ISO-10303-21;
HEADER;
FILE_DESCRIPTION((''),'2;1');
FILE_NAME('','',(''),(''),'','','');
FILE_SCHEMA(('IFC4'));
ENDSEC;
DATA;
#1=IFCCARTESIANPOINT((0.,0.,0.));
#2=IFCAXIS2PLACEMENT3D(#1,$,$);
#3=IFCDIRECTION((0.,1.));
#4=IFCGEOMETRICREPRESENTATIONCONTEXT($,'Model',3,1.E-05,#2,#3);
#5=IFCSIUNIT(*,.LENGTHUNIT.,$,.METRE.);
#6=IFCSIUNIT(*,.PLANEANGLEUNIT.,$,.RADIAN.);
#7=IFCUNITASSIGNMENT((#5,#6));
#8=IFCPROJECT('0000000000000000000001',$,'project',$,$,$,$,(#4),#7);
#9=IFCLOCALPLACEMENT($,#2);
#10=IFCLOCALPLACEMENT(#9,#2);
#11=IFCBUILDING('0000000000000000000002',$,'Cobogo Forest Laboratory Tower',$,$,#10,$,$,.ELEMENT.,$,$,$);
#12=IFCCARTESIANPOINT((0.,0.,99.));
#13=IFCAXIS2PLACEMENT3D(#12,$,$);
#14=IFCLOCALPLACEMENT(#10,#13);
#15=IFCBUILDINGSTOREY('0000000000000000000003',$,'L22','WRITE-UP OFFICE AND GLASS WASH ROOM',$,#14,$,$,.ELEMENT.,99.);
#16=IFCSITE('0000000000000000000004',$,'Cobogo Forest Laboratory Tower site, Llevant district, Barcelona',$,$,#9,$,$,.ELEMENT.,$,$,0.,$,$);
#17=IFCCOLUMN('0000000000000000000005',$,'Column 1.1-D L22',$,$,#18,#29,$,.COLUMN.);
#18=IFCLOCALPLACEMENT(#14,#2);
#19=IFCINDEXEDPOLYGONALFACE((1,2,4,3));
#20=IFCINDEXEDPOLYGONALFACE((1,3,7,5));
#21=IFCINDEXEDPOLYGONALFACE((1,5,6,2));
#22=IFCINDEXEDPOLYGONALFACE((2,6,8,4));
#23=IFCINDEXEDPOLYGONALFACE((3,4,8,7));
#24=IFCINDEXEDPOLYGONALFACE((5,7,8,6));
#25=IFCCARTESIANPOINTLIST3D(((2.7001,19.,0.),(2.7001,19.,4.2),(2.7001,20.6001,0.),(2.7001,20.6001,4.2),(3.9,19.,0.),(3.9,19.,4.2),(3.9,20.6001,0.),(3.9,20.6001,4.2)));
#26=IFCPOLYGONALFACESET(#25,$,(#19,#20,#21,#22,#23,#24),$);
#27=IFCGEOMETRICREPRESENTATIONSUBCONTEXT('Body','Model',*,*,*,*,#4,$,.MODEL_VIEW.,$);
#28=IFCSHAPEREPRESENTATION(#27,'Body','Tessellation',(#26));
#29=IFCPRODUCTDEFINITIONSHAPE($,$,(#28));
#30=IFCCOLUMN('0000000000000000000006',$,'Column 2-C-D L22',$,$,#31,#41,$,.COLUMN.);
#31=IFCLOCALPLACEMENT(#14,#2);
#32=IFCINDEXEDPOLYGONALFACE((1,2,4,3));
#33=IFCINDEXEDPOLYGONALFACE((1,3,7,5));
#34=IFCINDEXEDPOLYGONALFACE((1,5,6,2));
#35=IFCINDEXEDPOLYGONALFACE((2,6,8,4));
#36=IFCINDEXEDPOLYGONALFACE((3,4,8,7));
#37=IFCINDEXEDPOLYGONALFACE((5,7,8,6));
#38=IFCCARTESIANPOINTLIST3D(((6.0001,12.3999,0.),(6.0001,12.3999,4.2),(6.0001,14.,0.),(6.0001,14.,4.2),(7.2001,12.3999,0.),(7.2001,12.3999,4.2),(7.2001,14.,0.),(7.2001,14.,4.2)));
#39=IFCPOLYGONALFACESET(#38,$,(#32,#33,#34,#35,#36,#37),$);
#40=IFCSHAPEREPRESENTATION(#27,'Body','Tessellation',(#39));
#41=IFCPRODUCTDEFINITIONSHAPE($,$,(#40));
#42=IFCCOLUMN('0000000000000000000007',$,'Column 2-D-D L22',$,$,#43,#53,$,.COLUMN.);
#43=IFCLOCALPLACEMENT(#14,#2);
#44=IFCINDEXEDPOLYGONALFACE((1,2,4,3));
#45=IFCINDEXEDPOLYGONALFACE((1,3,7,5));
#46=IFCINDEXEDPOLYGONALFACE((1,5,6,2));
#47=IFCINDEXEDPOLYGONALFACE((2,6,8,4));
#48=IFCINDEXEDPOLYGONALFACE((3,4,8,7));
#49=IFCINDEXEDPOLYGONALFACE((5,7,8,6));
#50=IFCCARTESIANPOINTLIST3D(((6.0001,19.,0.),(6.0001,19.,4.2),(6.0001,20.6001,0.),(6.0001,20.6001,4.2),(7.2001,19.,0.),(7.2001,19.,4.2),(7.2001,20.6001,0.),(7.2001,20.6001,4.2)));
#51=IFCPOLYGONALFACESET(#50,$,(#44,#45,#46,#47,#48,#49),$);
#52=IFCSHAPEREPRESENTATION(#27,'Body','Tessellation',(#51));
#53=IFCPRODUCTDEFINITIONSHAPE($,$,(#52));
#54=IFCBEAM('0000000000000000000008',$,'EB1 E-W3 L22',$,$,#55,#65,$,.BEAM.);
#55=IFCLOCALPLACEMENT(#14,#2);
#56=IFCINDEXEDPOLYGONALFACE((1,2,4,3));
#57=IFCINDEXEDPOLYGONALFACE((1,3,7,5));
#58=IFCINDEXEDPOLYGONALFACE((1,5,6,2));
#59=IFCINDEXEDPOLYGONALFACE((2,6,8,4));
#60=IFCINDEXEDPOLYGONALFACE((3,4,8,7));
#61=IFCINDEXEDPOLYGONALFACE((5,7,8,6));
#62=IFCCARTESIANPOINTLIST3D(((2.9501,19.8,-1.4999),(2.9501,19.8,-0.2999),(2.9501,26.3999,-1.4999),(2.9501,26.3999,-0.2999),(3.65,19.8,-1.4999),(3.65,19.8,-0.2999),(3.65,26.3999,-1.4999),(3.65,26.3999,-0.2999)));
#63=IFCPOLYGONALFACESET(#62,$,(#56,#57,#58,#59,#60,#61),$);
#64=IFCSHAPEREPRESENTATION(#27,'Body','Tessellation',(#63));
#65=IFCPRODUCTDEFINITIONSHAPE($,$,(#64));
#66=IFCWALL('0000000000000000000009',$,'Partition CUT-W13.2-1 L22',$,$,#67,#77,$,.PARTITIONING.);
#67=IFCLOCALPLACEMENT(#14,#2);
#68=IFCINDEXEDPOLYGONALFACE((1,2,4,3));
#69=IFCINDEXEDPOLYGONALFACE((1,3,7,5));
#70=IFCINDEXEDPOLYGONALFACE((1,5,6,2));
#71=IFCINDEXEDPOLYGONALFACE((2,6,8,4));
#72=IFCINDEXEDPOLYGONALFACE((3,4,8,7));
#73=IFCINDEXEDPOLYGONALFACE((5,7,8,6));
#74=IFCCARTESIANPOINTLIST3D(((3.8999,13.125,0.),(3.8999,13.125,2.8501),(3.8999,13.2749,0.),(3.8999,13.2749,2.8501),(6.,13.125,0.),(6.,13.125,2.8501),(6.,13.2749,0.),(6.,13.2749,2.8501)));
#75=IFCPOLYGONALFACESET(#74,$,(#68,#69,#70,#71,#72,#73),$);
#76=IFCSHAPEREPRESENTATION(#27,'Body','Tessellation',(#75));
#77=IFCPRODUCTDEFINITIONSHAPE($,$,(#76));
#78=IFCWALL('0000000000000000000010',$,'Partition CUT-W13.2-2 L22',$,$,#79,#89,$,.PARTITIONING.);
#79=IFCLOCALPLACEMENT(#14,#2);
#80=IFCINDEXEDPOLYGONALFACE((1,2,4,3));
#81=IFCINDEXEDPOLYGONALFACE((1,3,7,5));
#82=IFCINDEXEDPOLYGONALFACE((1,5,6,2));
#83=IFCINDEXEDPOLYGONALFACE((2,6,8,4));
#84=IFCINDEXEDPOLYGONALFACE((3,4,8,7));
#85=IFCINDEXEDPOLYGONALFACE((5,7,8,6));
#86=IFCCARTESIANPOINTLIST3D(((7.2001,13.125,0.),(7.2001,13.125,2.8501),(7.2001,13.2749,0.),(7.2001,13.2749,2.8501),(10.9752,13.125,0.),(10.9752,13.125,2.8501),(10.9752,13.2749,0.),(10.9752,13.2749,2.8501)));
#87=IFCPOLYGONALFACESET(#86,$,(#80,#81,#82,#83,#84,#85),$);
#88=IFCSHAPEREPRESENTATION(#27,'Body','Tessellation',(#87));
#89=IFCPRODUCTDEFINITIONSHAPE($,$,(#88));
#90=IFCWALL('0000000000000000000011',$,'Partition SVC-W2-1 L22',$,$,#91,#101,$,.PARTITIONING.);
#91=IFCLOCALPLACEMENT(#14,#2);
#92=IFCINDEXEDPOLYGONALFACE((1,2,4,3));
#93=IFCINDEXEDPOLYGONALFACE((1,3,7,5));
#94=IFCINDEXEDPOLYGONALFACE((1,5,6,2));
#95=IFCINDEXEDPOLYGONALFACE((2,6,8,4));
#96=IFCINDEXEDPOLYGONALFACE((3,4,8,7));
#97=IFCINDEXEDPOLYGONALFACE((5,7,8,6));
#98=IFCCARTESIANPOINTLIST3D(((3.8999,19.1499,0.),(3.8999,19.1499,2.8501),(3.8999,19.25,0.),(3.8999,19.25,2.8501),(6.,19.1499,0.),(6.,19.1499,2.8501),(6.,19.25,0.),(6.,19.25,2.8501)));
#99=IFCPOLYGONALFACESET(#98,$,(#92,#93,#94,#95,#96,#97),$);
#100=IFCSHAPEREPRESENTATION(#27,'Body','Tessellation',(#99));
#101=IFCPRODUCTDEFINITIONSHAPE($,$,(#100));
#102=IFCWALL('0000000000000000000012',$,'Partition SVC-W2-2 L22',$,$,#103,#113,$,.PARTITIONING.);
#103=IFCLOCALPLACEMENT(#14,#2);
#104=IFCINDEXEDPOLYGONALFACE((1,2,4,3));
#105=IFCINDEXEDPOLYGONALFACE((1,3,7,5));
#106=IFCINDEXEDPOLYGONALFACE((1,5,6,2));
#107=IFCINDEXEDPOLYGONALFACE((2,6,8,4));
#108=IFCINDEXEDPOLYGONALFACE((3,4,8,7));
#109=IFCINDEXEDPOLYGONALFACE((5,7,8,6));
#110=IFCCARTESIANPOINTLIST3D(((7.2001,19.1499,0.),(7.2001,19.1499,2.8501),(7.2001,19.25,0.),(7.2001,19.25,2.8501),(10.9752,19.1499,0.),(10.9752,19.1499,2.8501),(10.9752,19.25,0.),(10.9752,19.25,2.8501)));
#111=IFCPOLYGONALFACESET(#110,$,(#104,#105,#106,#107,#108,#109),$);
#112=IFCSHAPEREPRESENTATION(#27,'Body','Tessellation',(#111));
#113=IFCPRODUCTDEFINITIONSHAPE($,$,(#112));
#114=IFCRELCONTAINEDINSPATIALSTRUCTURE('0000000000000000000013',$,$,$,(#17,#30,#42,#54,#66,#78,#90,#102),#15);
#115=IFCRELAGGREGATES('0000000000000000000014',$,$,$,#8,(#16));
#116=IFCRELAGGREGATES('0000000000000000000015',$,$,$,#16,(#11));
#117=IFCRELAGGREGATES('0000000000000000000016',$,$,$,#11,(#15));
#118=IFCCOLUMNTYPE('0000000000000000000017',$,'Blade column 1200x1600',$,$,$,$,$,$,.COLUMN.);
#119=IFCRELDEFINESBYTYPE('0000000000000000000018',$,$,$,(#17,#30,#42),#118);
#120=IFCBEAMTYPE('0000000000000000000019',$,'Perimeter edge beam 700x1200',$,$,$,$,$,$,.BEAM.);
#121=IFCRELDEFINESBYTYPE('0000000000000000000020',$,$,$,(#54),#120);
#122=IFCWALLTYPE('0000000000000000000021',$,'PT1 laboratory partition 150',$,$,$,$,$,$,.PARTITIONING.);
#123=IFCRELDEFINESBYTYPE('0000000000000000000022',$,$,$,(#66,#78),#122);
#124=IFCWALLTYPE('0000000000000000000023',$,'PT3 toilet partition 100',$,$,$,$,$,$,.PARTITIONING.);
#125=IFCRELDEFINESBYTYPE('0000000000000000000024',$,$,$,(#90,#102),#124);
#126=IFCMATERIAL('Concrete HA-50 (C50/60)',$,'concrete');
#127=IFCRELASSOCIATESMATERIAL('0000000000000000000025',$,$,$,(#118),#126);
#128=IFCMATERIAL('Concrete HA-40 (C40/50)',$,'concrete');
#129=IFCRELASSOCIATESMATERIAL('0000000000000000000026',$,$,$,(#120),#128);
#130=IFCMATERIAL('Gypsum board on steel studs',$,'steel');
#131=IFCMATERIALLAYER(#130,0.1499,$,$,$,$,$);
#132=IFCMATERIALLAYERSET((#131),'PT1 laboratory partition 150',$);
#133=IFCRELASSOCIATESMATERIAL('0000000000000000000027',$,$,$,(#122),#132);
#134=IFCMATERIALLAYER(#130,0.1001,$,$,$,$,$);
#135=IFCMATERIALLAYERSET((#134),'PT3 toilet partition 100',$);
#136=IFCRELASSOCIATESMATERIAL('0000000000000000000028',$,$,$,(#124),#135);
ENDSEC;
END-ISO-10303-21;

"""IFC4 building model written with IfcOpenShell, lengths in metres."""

from ifc_helpers import new_model, si_unit, direction, frame, frame_2d, origin, origin_2d, place, context, subcontext, project, spatial, rectangle, extrude, material, layer, layer_set, material_profile, profile_set, type_object, element, save


model = new_model("IFC4")

# Units and contexts
model_context = context("Model", 3, precision=1e-05, world=origin(), true_north=direction((0.0, 1.0)))
body_context = subcontext(model_context, "Body", "Model", "MODEL_VIEW")
ifc_project = project(units=[si_unit("LENGTHUNIT", "METRE"), si_unit("PLANEANGLEUNIT", "RADIAN")], contexts=[model_context])

# Site, building, storey
site_placement = place(None, origin())
site = spatial("IfcSite", under=ifc_project, at=site_placement, Name="Cobogo Forest Laboratory Tower site, Llevant district, Barcelona", CompositionType="ELEMENT", RefElevation=0.0)
building_placement = place(site_placement, origin())
building = spatial("IfcBuilding", under=site, at=building_placement, Name="Cobogo Forest Laboratory Tower", CompositionType="ELEMENT")
storey_placement = place(building_placement, frame((0.0, 0.0, 99.0)))
storey = spatial("IfcBuildingStorey", under=building, at=storey_placement, Name="L22", Description="WRITE-UP OFFICE AND GLASS WASH ROOM", CompositionType="ELEMENT", Elevation=99.0)

# Columns
ifc_material_1 = material(Name="Concrete HA-50 (C50/60)", Category="concrete")
ifc_material_profile_1 = material_profile(ifc_material_1, rectangle(XDim=1.6001, YDim=1.2, at=origin_2d()), Name="RC 1200x1600")
ifc_profile_set_1 = profile_set([ifc_material_profile_1], Name="Concrete HA-50 (C50/60)")
column_type = type_object("IfcColumnType", Name="Blade column 1200x1600", PredefinedType="COLUMN", material=ifc_profile_set_1)
for number, where, z_axis, x_axis, name in (
    (1, (3.3, 19.8, 0.0), (0.0, 0.0, 1.0), (0.0, 1.0, 0.0), "Column 1.1-D L22"),
    (2, (6.6001, 13.2, 0.0), (0.0, 0.0, 1.0), (0.0, 1.0, 0.0), "Column 2-C-D L22"),
    (3, (6.6001, 19.8, 0.0), (0.0, 0.0, 1.0), (0.0, 1.0, 0.0), "Column 2-D-D L22"),
):
    element("IfcColumn", number, at=place(storey_placement, frame(where, z_axis=z_axis, x_axis=x_axis)), inside=storey, type_object=column_type, Name=name, PredefinedType="COLUMN", context=body_context, shape_type="SweptSolid", body=[
        extrude(rectangle(XDim=1.6001, YDim=1.2, at=origin_2d()), origin(), (0.0, 0.0, 1.0), 4.2),
    ])

# Beam
ifc_material_2 = material(Name="Concrete HA-40 (C40/50)", Category="concrete")
ifc_material_profile_2 = material_profile(ifc_material_2, rectangle(XDim=0.7, YDim=1.2, at=origin_2d()), Name="RC 700x1200")
ifc_profile_set_2 = profile_set([ifc_material_profile_2], Name="Concrete HA-40 (C40/50)")
beam_type = type_object("IfcBeamType", Name="Perimeter edge beam 700x1200", PredefinedType="BEAM", material=ifc_profile_set_2)
beam_placement = place(storey_placement, frame((3.3, 19.8, -0.8999), z_axis=(0.0, 1.0, 0.0), x_axis=(-1.0, 0.0, 0.0)))
element("IfcBeam", 4, at=beam_placement, inside=storey, type_object=beam_type, Name="EB1 E-W3 L22", PredefinedType="BEAM", context=body_context, shape_type="SweptSolid", body=[
    extrude(rectangle(XDim=0.7, YDim=1.2, at=origin_2d()), origin(), (0.0, 0.0, 1.0), 6.5999),
])

# Walls
ifc_material_3 = material(Name="Gypsum board on steel studs", Category="steel")
ifc_layer_1 = layer(ifc_material_3, 0.1499)
ifc_layer_set_1 = layer_set([ifc_layer_1], Name="PT1 laboratory partition 150")
wall_type_1 = type_object("IfcWallType", Name="PT1 laboratory partition 150", PredefinedType="PARTITIONING", material=ifc_layer_set_1)
wall_1_placement = place(storey_placement, frame((3.8999, 13.2, 0.0), z_axis=(0.0, 0.0, 1.0), x_axis=(1.0, 0.0, 0.0)))
element("IfcWall", 5, at=wall_1_placement, inside=storey, type_object=wall_type_1, Name="Partition CUT-W13.2-1 L22", PredefinedType="PARTITIONING", context=body_context, shape_type="SweptSolid", body=[
    extrude(rectangle(XDim=2.1001, YDim=0.1499, at=frame_2d((1.05, 0.0))), origin(), (0.0, 0.0, 1.0), 2.8501),
])
wall_2_placement = place(storey_placement, frame((7.2, 13.2, 0.0), z_axis=(0.0, 0.0, 1.0), x_axis=(1.0, 0.0, 0.0)))
element("IfcWall", 6, at=wall_2_placement, inside=storey, type_object=wall_type_1, Name="Partition CUT-W13.2-2 L22", PredefinedType="PARTITIONING", context=body_context, shape_type="SweptSolid", body=[
    extrude(rectangle(XDim=3.7751, YDim=0.1499, at=frame_2d((1.8877, 0.0))), origin(), (0.0, 0.0, 1.0), 2.8501),
])
ifc_layer_2 = layer(ifc_material_3, 0.1001)
ifc_layer_set_2 = layer_set([ifc_layer_2], Name="PT3 toilet partition 100")
wall_type_2 = type_object("IfcWallType", Name="PT3 toilet partition 100", PredefinedType="PARTITIONING", material=ifc_layer_set_2)
wall_3_placement = place(storey_placement, frame((3.8999, 19.2, 0.0), z_axis=(0.0, 0.0, 1.0), x_axis=(1.0, 0.0, 0.0)))
element("IfcWall", 7, at=wall_3_placement, inside=storey, type_object=wall_type_2, Name="Partition SVC-W2-1 L22", PredefinedType="PARTITIONING", context=body_context, shape_type="SweptSolid", body=[
    extrude(rectangle(XDim=2.1001, YDim=0.1001, at=frame_2d((1.05, 0.0))), origin(), (0.0, 0.0, 1.0), 2.8501),
])
wall_4_placement = place(storey_placement, frame((7.2, 19.2, 0.0), z_axis=(0.0, 0.0, 1.0), x_axis=(1.0, 0.0, 0.0)))
element("IfcWall", 8, at=wall_4_placement, inside=storey, type_object=wall_type_2, Name="Partition SVC-W2-2 L22", PredefinedType="PARTITIONING", context=body_context, shape_type="SweptSolid", body=[
    extrude(rectangle(XDim=3.7751, YDim=0.1001, at=frame_2d((1.8877, 0.0))), origin(), (0.0, 0.0, 1.0), 2.8501),
])

save(model, "model.ifc")
